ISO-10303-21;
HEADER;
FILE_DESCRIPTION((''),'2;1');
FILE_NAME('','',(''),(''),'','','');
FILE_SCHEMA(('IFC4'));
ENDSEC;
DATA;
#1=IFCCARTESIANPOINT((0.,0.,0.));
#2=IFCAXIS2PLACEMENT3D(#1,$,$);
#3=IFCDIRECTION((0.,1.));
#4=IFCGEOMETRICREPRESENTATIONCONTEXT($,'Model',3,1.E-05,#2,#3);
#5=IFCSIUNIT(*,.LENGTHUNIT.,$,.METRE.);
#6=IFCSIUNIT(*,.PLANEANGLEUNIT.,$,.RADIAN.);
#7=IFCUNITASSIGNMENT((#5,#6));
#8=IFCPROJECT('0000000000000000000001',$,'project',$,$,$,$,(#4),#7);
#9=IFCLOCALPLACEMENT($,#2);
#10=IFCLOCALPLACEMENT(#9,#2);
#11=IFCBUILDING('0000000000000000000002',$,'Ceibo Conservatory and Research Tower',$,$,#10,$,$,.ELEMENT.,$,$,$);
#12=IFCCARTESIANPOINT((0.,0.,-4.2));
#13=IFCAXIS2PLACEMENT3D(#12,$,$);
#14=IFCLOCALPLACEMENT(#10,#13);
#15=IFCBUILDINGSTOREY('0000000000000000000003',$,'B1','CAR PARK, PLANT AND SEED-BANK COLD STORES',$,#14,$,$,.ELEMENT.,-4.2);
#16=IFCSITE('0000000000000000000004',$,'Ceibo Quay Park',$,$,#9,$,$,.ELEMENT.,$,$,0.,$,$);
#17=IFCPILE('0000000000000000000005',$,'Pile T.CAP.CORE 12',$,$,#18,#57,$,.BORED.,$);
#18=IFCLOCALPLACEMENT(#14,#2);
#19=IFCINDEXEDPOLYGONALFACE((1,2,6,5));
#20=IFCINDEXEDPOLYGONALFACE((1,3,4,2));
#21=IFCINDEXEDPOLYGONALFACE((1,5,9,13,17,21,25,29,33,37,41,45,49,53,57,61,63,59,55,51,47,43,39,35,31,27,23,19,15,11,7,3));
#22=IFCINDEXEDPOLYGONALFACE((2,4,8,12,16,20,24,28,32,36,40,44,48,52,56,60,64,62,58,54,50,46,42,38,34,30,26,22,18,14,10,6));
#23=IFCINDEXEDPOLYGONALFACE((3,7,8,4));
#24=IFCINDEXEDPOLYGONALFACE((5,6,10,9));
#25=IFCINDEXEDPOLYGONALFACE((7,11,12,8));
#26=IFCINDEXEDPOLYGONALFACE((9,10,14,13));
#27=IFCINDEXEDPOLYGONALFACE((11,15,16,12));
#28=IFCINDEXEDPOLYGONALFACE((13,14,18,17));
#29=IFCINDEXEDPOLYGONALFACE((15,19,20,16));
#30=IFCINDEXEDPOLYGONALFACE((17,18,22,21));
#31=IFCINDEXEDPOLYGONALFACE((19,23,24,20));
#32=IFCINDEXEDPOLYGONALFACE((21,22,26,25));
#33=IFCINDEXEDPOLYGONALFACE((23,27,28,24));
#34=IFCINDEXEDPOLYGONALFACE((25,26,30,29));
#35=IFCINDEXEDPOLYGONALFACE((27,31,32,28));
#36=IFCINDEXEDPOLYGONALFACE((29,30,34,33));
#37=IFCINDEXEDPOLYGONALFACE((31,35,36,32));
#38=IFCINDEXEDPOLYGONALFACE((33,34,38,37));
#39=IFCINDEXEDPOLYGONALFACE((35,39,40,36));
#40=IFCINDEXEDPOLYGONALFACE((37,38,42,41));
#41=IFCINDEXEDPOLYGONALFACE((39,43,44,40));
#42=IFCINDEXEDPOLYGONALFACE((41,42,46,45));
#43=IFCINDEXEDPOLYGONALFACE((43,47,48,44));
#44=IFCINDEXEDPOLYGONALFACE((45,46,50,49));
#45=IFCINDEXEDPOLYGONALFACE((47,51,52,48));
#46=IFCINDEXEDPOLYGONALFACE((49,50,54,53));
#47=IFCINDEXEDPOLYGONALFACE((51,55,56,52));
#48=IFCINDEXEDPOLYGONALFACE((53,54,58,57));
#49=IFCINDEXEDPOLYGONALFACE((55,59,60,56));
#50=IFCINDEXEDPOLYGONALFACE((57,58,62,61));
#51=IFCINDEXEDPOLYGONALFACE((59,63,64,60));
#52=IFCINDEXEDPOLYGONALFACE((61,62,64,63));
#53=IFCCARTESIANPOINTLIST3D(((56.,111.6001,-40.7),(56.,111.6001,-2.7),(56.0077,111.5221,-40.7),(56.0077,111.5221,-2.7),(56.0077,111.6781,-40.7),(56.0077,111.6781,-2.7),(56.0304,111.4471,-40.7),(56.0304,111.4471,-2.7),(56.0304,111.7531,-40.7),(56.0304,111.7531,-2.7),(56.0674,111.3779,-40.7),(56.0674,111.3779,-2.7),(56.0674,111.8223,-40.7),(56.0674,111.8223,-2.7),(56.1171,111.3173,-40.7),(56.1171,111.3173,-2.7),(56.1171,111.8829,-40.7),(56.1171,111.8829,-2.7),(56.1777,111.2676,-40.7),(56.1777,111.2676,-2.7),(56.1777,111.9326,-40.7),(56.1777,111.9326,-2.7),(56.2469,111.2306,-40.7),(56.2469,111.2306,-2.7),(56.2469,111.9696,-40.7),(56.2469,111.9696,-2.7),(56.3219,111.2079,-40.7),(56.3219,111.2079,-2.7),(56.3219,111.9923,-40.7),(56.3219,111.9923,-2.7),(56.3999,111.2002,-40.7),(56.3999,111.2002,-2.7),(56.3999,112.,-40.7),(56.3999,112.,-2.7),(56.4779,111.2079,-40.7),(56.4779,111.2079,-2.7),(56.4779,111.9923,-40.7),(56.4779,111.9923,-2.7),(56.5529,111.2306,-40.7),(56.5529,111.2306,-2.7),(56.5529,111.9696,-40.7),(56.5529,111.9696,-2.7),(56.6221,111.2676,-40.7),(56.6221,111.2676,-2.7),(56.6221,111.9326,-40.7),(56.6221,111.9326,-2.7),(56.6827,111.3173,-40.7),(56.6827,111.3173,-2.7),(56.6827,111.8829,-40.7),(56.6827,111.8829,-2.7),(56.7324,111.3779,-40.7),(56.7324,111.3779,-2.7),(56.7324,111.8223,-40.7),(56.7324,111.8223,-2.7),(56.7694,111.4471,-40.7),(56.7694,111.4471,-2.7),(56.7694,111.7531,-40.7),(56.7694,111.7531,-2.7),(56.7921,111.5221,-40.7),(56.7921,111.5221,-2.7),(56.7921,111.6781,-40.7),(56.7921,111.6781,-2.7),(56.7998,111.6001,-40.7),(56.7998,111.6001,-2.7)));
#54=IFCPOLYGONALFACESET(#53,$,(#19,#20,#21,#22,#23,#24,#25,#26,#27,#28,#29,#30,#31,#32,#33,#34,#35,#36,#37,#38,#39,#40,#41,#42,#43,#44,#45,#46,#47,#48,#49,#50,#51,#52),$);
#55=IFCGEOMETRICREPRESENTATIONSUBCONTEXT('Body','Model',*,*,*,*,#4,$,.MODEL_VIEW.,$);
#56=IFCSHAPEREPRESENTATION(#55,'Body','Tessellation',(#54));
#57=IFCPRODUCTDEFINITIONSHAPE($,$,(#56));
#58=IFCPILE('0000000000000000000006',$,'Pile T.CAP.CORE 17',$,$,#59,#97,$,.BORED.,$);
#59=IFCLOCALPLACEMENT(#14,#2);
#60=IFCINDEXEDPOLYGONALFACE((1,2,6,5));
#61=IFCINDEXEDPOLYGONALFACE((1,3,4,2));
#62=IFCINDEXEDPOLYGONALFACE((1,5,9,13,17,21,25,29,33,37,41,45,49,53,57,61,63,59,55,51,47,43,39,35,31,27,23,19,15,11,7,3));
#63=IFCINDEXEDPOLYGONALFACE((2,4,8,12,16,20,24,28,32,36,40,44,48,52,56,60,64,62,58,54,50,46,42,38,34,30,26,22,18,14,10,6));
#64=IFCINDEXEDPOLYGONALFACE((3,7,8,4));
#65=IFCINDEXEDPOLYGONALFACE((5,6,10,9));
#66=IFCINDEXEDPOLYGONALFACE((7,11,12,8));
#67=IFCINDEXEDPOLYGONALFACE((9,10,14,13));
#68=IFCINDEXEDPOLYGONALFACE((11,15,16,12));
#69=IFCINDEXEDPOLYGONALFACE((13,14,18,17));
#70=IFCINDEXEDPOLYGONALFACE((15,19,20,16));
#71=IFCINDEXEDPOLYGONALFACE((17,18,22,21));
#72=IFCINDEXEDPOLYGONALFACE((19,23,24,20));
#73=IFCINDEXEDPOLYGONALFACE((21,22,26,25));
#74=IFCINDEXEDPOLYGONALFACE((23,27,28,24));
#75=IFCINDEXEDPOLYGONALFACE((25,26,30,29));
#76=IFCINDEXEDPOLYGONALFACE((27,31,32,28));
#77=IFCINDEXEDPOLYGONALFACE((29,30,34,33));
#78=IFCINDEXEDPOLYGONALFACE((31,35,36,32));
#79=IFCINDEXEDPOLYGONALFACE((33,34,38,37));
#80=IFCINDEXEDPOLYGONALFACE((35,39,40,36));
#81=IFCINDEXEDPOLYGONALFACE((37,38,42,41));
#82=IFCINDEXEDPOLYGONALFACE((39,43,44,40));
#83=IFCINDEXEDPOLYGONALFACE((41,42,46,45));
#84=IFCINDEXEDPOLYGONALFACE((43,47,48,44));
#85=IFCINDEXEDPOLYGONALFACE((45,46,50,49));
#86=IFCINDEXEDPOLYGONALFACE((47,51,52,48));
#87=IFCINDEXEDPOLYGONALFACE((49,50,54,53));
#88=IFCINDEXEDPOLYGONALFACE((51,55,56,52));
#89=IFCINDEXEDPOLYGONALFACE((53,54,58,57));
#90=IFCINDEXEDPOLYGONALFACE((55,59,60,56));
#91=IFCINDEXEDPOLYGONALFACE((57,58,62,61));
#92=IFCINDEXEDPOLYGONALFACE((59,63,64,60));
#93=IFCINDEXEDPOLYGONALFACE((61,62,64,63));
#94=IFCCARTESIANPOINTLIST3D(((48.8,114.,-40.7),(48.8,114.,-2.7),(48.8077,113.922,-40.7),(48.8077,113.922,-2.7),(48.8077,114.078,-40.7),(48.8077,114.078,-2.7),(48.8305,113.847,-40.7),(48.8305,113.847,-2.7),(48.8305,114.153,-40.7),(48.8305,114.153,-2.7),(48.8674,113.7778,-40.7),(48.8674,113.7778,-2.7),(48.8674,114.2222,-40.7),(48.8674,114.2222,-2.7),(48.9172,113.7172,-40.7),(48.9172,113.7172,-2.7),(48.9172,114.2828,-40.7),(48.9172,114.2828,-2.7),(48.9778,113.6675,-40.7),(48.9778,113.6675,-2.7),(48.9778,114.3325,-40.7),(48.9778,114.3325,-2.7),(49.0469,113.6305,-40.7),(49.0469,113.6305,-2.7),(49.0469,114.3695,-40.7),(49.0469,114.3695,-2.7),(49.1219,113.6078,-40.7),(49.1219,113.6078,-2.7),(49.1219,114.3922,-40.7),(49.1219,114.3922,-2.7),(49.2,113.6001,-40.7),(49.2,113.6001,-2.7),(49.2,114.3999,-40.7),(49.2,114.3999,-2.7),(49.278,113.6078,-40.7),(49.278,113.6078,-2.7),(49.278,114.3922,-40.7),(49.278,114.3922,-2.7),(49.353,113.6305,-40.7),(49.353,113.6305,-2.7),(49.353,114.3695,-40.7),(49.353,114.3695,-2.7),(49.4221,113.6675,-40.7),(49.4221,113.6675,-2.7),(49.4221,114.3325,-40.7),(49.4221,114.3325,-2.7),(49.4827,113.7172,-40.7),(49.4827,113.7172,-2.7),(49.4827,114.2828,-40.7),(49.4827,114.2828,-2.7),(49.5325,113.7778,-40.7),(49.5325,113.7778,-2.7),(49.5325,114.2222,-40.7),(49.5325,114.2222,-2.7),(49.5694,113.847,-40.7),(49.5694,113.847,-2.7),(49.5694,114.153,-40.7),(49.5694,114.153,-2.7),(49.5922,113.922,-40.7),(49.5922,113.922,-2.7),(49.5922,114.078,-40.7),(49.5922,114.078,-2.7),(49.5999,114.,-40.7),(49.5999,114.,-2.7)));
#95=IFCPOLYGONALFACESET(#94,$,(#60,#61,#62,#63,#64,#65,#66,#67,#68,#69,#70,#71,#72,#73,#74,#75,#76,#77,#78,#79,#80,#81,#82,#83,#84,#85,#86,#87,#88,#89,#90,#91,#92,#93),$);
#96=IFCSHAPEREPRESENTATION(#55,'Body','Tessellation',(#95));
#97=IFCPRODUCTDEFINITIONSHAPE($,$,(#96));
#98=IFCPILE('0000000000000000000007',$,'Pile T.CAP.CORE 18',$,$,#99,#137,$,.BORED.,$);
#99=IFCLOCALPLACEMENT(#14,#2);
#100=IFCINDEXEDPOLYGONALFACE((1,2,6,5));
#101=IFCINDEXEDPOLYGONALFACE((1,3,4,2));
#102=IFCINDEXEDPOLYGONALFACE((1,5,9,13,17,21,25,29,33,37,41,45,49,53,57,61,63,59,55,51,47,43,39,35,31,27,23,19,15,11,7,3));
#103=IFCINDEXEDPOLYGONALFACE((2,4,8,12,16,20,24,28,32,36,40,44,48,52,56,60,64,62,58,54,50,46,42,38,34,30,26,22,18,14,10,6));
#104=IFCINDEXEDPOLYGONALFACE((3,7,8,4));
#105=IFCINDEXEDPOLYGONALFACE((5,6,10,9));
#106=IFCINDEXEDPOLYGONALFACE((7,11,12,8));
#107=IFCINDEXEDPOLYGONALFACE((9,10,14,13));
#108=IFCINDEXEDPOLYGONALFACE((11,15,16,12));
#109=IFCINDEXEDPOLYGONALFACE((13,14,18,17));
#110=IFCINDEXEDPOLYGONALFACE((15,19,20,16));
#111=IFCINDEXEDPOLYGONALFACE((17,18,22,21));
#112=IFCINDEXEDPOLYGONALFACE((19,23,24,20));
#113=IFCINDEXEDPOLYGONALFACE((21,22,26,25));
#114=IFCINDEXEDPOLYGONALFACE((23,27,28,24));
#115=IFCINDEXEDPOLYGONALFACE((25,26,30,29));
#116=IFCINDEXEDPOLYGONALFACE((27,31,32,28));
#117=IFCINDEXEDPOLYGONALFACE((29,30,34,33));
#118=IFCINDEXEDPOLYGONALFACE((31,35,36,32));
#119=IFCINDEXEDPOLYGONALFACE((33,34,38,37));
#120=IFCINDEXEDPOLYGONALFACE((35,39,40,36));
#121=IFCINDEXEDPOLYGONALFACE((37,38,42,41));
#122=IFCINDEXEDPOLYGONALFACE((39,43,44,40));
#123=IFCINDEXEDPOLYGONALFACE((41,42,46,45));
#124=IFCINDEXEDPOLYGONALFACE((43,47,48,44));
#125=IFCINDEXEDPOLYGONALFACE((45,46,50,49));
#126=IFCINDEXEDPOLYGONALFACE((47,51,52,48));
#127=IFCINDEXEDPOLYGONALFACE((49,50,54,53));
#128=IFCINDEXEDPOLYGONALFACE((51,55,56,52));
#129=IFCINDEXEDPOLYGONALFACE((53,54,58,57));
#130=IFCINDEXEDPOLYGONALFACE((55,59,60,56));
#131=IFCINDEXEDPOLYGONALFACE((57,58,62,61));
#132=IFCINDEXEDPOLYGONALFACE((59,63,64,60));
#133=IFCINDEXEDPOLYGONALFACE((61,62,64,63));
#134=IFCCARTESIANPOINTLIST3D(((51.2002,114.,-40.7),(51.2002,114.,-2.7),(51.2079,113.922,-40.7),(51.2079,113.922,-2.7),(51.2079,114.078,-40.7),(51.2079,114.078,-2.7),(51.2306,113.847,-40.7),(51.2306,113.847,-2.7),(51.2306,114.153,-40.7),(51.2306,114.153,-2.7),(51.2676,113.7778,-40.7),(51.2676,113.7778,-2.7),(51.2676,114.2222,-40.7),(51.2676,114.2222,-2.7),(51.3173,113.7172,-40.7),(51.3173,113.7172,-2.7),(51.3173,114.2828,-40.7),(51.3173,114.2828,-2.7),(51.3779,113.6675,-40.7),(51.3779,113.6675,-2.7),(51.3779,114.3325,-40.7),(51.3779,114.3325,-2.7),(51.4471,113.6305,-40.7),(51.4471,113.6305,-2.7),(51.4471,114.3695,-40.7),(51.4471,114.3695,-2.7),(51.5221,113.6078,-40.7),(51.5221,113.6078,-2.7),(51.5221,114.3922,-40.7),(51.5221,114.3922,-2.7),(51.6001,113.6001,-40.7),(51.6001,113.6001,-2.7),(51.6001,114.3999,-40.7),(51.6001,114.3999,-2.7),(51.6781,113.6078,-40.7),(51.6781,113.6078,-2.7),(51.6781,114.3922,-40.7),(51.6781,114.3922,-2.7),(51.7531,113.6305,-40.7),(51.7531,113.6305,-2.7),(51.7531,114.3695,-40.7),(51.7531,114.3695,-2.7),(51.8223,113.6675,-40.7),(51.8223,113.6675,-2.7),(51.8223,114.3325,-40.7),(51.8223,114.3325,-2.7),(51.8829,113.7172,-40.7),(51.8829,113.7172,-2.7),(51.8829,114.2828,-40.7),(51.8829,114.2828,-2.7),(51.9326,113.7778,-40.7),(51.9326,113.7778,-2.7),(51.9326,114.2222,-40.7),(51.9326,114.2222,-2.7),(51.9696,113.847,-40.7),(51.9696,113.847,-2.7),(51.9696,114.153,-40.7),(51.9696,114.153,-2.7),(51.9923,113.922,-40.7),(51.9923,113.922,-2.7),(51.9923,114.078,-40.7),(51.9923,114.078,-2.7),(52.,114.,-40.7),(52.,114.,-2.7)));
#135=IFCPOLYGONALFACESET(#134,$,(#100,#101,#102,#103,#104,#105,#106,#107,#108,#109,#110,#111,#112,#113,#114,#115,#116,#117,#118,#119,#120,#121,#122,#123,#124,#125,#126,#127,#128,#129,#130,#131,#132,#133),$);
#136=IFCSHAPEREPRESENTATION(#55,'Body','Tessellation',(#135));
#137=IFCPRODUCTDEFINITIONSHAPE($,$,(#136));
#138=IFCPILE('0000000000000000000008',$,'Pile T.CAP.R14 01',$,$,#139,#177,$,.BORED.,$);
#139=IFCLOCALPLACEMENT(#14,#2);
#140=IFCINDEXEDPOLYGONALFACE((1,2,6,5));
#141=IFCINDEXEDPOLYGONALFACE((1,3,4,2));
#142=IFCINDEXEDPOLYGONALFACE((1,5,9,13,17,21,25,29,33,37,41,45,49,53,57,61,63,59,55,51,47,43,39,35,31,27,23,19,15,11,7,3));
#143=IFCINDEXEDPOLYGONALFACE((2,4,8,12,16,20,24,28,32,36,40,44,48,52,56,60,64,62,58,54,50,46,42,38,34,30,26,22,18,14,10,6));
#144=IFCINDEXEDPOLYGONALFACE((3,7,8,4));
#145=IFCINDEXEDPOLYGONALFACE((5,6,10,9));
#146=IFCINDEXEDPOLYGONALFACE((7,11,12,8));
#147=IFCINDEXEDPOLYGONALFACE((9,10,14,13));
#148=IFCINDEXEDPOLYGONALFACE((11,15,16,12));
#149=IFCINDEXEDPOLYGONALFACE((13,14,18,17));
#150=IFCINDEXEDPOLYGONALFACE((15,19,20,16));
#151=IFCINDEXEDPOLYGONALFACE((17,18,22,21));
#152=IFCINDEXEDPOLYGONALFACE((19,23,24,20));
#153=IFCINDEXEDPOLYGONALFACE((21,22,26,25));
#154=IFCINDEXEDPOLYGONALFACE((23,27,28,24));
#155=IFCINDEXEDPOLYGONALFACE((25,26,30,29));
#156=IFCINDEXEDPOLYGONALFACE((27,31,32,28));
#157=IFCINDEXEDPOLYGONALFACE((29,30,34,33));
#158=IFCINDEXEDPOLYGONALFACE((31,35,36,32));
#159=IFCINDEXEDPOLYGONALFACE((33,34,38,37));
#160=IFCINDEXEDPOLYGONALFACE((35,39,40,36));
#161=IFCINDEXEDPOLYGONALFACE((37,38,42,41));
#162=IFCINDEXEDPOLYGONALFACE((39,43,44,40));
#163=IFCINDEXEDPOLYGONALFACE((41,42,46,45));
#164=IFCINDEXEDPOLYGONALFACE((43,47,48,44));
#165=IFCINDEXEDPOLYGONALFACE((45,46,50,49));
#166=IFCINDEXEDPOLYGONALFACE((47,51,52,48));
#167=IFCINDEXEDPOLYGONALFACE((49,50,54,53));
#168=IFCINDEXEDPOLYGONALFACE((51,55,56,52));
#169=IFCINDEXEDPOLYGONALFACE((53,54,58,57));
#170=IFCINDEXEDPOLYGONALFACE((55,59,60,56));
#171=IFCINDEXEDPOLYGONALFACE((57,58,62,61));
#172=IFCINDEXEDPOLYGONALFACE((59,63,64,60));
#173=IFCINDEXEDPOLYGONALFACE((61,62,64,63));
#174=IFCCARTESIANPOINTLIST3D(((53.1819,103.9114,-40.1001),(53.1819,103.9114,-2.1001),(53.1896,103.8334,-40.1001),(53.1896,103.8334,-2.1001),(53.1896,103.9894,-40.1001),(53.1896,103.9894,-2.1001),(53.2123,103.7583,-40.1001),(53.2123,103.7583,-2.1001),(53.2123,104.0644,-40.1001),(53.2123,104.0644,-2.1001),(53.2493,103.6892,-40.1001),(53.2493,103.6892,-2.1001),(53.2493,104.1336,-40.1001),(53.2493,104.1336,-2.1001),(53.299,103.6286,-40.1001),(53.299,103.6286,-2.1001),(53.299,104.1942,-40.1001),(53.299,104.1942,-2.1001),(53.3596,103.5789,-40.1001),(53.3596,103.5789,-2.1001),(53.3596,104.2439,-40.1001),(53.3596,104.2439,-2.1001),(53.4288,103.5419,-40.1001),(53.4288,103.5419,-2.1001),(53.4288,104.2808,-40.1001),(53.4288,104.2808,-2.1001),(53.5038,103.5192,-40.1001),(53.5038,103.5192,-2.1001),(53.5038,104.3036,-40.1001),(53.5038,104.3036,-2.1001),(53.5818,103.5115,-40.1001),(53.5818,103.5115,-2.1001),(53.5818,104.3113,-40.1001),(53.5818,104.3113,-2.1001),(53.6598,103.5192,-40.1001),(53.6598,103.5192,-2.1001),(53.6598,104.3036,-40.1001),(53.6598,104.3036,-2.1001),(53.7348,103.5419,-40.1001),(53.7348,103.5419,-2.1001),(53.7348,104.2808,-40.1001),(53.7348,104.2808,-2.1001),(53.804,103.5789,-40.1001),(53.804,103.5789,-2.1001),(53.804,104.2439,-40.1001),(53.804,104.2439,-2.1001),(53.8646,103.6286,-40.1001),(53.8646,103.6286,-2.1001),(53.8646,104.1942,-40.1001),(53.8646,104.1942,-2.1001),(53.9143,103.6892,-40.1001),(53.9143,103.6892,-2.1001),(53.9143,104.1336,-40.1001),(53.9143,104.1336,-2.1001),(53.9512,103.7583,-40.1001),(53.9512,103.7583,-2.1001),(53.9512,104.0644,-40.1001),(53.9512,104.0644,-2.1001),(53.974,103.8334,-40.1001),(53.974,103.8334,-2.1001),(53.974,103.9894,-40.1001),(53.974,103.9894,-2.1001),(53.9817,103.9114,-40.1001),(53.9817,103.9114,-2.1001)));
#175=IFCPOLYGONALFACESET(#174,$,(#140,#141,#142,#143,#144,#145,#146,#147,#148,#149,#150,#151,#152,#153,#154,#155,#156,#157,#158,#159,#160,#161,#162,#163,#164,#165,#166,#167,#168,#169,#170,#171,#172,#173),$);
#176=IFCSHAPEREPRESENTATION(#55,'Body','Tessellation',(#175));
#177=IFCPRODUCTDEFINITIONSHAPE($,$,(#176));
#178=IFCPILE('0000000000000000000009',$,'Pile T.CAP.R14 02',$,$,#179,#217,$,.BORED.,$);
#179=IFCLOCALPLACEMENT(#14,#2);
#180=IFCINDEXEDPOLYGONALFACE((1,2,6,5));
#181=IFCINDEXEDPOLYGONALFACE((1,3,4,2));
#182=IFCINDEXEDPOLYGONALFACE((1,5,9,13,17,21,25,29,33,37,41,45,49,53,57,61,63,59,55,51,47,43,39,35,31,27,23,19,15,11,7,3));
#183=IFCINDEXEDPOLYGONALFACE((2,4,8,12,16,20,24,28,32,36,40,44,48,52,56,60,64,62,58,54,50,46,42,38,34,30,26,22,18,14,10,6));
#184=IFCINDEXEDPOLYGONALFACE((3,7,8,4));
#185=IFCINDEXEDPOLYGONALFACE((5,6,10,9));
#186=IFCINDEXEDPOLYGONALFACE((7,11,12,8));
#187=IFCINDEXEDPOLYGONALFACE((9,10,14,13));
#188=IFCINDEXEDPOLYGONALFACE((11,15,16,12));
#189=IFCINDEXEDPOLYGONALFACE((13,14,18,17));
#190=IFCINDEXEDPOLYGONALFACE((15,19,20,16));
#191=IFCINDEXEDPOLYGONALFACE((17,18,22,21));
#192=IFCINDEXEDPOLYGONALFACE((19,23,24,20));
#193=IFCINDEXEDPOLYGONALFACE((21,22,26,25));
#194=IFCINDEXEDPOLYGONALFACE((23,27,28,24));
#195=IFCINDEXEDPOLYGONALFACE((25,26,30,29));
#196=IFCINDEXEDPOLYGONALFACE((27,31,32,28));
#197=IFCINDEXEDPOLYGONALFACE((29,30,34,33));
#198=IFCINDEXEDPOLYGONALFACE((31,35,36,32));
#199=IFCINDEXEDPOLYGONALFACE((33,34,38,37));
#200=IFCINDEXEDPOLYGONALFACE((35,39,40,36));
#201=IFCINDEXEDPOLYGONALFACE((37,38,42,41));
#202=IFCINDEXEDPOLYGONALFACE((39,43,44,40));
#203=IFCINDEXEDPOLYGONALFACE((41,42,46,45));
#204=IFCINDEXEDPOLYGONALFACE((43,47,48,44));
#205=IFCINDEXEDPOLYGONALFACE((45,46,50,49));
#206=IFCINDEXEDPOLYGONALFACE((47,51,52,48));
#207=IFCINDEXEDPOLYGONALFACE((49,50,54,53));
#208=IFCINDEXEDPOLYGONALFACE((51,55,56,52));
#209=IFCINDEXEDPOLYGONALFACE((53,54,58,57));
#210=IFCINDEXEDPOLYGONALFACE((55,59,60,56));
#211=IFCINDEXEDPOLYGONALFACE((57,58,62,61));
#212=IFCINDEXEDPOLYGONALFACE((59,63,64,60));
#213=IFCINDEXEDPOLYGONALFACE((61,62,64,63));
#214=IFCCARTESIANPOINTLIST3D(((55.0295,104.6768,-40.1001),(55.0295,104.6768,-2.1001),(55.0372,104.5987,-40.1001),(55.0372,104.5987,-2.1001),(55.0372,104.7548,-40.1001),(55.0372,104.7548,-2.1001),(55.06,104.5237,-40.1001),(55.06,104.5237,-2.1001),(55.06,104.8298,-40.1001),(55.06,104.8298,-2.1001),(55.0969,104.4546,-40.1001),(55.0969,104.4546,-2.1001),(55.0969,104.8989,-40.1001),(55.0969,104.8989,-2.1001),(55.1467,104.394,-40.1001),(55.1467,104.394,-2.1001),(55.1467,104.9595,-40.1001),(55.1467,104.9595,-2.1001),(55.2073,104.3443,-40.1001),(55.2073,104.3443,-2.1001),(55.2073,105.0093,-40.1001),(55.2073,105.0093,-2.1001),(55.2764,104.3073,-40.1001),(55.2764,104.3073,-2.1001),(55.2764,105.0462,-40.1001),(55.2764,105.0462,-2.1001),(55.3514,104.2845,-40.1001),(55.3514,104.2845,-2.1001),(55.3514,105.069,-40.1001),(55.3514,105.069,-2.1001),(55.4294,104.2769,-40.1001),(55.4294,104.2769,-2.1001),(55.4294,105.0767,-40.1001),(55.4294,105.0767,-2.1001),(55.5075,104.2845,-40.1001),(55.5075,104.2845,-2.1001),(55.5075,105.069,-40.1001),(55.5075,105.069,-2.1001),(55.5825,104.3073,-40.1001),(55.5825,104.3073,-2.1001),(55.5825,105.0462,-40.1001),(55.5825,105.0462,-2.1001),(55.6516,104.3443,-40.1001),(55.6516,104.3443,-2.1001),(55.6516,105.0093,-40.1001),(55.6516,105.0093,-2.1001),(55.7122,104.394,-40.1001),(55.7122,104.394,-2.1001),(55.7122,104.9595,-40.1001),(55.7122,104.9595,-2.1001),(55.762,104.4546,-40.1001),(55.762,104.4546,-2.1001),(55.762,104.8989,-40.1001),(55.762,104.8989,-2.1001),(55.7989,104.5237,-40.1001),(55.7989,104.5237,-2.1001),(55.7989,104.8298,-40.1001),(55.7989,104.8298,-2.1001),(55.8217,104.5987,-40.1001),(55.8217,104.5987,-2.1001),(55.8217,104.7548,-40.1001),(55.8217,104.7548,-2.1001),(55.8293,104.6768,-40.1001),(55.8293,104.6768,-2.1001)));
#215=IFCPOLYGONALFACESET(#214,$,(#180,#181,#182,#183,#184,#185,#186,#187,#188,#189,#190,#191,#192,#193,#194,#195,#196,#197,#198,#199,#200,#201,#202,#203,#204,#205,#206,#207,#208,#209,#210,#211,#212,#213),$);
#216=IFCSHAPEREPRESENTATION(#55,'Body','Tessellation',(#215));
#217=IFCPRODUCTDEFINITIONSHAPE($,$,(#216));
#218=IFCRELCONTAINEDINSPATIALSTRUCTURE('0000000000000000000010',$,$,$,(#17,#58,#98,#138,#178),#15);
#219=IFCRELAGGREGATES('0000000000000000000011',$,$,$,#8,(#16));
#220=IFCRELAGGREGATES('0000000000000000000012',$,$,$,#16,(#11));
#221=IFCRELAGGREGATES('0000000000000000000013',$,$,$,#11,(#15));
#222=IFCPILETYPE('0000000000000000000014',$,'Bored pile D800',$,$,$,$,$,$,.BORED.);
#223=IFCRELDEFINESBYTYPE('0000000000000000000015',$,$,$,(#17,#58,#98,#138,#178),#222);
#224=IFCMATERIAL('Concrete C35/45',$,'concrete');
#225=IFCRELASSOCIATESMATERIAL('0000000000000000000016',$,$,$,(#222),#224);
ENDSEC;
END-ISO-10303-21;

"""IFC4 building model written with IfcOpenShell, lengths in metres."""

from ifc_helpers import new_model, si_unit, direction, frame, origin, origin_2d, place, context, subcontext, project, spatial, circle, extrude, material, material_profile, profile_set, type_object, element, save


model = new_model("IFC4")

# Units and contexts
model_context = context("Model", 3, precision=1e-05, world=origin(), true_north=direction((0.0, 1.0)))
body_context = subcontext(model_context, "Body", "Model", "MODEL_VIEW")
ifc_project = project(units=[si_unit("LENGTHUNIT", "METRE"), si_unit("PLANEANGLEUNIT", "RADIAN")], contexts=[model_context])

# Site, building, storey
site_placement = place(None, origin())
site = spatial("IfcSite", under=ifc_project, at=site_placement, Name="Ceibo Quay Park", CompositionType="ELEMENT", RefElevation=0.0)
building_placement = place(site_placement, origin())
building = spatial("IfcBuilding", under=site, at=building_placement, Name="Ceibo Conservatory and Research Tower", CompositionType="ELEMENT")
storey_placement = place(building_placement, frame((0.0, 0.0, -4.2)))
storey = spatial("IfcBuildingStorey", under=building, at=storey_placement, Name="B1", Description="CAR PARK, PLANT AND SEED-BANK COLD STORES", CompositionType="ELEMENT", Elevation=-4.2)

# Piles
ifc_material_1 = material(Name="Concrete C35/45", Category="concrete")
ifc_material_profile_1 = material_profile(ifc_material_1, circle(Radius=0.3999, at=origin_2d()), Name="RC D800")
ifc_profile_set_1 = profile_set([ifc_material_profile_1], Name="Concrete C35/45")
pile_type = type_object("IfcPileType", Name="Bored pile D800", PredefinedType="BORED", material=ifc_profile_set_1)
for number, where, z_axis, x_axis, name in (
    (1, (56.3999, 111.6001, -2.7), (0.0, 0.0, -1.0), (1.0, 0.0, 0.0), "Pile T.CAP.CORE 12"),
    (2, (49.2, 114.0, -2.7), (0.0, 0.0, -1.0), (1.0, 0.0, 0.0), "Pile T.CAP.CORE 17"),
    (3, (51.6001, 114.0, -2.7), (0.0, 0.0, -1.0), (1.0, 0.0, 0.0), "Pile T.CAP.CORE 18"),
    (4, (53.5818, 103.9114, -2.1001), (0.0, 0.0, -1.0), (1.0, 0.0, 0.0), "Pile T.CAP.R14 01"),
    (5, (55.4294, 104.6768, -2.1001), (0.0, 0.0, -1.0), (1.0, 0.0, 0.0), "Pile T.CAP.R14 02"),
):
    element("IfcPile", number, at=place(storey_placement, frame(where, z_axis=z_axis, x_axis=x_axis)), inside=storey, type_object=pile_type, Name=name, PredefinedType="BORED", context=body_context, shape_type="SweptSolid", body=[
        extrude(circle(Radius=0.3999, at=origin_2d()), origin(), (0.0, 0.0, 1.0), 38.0),
    ])

save(model, "model.ifc")
